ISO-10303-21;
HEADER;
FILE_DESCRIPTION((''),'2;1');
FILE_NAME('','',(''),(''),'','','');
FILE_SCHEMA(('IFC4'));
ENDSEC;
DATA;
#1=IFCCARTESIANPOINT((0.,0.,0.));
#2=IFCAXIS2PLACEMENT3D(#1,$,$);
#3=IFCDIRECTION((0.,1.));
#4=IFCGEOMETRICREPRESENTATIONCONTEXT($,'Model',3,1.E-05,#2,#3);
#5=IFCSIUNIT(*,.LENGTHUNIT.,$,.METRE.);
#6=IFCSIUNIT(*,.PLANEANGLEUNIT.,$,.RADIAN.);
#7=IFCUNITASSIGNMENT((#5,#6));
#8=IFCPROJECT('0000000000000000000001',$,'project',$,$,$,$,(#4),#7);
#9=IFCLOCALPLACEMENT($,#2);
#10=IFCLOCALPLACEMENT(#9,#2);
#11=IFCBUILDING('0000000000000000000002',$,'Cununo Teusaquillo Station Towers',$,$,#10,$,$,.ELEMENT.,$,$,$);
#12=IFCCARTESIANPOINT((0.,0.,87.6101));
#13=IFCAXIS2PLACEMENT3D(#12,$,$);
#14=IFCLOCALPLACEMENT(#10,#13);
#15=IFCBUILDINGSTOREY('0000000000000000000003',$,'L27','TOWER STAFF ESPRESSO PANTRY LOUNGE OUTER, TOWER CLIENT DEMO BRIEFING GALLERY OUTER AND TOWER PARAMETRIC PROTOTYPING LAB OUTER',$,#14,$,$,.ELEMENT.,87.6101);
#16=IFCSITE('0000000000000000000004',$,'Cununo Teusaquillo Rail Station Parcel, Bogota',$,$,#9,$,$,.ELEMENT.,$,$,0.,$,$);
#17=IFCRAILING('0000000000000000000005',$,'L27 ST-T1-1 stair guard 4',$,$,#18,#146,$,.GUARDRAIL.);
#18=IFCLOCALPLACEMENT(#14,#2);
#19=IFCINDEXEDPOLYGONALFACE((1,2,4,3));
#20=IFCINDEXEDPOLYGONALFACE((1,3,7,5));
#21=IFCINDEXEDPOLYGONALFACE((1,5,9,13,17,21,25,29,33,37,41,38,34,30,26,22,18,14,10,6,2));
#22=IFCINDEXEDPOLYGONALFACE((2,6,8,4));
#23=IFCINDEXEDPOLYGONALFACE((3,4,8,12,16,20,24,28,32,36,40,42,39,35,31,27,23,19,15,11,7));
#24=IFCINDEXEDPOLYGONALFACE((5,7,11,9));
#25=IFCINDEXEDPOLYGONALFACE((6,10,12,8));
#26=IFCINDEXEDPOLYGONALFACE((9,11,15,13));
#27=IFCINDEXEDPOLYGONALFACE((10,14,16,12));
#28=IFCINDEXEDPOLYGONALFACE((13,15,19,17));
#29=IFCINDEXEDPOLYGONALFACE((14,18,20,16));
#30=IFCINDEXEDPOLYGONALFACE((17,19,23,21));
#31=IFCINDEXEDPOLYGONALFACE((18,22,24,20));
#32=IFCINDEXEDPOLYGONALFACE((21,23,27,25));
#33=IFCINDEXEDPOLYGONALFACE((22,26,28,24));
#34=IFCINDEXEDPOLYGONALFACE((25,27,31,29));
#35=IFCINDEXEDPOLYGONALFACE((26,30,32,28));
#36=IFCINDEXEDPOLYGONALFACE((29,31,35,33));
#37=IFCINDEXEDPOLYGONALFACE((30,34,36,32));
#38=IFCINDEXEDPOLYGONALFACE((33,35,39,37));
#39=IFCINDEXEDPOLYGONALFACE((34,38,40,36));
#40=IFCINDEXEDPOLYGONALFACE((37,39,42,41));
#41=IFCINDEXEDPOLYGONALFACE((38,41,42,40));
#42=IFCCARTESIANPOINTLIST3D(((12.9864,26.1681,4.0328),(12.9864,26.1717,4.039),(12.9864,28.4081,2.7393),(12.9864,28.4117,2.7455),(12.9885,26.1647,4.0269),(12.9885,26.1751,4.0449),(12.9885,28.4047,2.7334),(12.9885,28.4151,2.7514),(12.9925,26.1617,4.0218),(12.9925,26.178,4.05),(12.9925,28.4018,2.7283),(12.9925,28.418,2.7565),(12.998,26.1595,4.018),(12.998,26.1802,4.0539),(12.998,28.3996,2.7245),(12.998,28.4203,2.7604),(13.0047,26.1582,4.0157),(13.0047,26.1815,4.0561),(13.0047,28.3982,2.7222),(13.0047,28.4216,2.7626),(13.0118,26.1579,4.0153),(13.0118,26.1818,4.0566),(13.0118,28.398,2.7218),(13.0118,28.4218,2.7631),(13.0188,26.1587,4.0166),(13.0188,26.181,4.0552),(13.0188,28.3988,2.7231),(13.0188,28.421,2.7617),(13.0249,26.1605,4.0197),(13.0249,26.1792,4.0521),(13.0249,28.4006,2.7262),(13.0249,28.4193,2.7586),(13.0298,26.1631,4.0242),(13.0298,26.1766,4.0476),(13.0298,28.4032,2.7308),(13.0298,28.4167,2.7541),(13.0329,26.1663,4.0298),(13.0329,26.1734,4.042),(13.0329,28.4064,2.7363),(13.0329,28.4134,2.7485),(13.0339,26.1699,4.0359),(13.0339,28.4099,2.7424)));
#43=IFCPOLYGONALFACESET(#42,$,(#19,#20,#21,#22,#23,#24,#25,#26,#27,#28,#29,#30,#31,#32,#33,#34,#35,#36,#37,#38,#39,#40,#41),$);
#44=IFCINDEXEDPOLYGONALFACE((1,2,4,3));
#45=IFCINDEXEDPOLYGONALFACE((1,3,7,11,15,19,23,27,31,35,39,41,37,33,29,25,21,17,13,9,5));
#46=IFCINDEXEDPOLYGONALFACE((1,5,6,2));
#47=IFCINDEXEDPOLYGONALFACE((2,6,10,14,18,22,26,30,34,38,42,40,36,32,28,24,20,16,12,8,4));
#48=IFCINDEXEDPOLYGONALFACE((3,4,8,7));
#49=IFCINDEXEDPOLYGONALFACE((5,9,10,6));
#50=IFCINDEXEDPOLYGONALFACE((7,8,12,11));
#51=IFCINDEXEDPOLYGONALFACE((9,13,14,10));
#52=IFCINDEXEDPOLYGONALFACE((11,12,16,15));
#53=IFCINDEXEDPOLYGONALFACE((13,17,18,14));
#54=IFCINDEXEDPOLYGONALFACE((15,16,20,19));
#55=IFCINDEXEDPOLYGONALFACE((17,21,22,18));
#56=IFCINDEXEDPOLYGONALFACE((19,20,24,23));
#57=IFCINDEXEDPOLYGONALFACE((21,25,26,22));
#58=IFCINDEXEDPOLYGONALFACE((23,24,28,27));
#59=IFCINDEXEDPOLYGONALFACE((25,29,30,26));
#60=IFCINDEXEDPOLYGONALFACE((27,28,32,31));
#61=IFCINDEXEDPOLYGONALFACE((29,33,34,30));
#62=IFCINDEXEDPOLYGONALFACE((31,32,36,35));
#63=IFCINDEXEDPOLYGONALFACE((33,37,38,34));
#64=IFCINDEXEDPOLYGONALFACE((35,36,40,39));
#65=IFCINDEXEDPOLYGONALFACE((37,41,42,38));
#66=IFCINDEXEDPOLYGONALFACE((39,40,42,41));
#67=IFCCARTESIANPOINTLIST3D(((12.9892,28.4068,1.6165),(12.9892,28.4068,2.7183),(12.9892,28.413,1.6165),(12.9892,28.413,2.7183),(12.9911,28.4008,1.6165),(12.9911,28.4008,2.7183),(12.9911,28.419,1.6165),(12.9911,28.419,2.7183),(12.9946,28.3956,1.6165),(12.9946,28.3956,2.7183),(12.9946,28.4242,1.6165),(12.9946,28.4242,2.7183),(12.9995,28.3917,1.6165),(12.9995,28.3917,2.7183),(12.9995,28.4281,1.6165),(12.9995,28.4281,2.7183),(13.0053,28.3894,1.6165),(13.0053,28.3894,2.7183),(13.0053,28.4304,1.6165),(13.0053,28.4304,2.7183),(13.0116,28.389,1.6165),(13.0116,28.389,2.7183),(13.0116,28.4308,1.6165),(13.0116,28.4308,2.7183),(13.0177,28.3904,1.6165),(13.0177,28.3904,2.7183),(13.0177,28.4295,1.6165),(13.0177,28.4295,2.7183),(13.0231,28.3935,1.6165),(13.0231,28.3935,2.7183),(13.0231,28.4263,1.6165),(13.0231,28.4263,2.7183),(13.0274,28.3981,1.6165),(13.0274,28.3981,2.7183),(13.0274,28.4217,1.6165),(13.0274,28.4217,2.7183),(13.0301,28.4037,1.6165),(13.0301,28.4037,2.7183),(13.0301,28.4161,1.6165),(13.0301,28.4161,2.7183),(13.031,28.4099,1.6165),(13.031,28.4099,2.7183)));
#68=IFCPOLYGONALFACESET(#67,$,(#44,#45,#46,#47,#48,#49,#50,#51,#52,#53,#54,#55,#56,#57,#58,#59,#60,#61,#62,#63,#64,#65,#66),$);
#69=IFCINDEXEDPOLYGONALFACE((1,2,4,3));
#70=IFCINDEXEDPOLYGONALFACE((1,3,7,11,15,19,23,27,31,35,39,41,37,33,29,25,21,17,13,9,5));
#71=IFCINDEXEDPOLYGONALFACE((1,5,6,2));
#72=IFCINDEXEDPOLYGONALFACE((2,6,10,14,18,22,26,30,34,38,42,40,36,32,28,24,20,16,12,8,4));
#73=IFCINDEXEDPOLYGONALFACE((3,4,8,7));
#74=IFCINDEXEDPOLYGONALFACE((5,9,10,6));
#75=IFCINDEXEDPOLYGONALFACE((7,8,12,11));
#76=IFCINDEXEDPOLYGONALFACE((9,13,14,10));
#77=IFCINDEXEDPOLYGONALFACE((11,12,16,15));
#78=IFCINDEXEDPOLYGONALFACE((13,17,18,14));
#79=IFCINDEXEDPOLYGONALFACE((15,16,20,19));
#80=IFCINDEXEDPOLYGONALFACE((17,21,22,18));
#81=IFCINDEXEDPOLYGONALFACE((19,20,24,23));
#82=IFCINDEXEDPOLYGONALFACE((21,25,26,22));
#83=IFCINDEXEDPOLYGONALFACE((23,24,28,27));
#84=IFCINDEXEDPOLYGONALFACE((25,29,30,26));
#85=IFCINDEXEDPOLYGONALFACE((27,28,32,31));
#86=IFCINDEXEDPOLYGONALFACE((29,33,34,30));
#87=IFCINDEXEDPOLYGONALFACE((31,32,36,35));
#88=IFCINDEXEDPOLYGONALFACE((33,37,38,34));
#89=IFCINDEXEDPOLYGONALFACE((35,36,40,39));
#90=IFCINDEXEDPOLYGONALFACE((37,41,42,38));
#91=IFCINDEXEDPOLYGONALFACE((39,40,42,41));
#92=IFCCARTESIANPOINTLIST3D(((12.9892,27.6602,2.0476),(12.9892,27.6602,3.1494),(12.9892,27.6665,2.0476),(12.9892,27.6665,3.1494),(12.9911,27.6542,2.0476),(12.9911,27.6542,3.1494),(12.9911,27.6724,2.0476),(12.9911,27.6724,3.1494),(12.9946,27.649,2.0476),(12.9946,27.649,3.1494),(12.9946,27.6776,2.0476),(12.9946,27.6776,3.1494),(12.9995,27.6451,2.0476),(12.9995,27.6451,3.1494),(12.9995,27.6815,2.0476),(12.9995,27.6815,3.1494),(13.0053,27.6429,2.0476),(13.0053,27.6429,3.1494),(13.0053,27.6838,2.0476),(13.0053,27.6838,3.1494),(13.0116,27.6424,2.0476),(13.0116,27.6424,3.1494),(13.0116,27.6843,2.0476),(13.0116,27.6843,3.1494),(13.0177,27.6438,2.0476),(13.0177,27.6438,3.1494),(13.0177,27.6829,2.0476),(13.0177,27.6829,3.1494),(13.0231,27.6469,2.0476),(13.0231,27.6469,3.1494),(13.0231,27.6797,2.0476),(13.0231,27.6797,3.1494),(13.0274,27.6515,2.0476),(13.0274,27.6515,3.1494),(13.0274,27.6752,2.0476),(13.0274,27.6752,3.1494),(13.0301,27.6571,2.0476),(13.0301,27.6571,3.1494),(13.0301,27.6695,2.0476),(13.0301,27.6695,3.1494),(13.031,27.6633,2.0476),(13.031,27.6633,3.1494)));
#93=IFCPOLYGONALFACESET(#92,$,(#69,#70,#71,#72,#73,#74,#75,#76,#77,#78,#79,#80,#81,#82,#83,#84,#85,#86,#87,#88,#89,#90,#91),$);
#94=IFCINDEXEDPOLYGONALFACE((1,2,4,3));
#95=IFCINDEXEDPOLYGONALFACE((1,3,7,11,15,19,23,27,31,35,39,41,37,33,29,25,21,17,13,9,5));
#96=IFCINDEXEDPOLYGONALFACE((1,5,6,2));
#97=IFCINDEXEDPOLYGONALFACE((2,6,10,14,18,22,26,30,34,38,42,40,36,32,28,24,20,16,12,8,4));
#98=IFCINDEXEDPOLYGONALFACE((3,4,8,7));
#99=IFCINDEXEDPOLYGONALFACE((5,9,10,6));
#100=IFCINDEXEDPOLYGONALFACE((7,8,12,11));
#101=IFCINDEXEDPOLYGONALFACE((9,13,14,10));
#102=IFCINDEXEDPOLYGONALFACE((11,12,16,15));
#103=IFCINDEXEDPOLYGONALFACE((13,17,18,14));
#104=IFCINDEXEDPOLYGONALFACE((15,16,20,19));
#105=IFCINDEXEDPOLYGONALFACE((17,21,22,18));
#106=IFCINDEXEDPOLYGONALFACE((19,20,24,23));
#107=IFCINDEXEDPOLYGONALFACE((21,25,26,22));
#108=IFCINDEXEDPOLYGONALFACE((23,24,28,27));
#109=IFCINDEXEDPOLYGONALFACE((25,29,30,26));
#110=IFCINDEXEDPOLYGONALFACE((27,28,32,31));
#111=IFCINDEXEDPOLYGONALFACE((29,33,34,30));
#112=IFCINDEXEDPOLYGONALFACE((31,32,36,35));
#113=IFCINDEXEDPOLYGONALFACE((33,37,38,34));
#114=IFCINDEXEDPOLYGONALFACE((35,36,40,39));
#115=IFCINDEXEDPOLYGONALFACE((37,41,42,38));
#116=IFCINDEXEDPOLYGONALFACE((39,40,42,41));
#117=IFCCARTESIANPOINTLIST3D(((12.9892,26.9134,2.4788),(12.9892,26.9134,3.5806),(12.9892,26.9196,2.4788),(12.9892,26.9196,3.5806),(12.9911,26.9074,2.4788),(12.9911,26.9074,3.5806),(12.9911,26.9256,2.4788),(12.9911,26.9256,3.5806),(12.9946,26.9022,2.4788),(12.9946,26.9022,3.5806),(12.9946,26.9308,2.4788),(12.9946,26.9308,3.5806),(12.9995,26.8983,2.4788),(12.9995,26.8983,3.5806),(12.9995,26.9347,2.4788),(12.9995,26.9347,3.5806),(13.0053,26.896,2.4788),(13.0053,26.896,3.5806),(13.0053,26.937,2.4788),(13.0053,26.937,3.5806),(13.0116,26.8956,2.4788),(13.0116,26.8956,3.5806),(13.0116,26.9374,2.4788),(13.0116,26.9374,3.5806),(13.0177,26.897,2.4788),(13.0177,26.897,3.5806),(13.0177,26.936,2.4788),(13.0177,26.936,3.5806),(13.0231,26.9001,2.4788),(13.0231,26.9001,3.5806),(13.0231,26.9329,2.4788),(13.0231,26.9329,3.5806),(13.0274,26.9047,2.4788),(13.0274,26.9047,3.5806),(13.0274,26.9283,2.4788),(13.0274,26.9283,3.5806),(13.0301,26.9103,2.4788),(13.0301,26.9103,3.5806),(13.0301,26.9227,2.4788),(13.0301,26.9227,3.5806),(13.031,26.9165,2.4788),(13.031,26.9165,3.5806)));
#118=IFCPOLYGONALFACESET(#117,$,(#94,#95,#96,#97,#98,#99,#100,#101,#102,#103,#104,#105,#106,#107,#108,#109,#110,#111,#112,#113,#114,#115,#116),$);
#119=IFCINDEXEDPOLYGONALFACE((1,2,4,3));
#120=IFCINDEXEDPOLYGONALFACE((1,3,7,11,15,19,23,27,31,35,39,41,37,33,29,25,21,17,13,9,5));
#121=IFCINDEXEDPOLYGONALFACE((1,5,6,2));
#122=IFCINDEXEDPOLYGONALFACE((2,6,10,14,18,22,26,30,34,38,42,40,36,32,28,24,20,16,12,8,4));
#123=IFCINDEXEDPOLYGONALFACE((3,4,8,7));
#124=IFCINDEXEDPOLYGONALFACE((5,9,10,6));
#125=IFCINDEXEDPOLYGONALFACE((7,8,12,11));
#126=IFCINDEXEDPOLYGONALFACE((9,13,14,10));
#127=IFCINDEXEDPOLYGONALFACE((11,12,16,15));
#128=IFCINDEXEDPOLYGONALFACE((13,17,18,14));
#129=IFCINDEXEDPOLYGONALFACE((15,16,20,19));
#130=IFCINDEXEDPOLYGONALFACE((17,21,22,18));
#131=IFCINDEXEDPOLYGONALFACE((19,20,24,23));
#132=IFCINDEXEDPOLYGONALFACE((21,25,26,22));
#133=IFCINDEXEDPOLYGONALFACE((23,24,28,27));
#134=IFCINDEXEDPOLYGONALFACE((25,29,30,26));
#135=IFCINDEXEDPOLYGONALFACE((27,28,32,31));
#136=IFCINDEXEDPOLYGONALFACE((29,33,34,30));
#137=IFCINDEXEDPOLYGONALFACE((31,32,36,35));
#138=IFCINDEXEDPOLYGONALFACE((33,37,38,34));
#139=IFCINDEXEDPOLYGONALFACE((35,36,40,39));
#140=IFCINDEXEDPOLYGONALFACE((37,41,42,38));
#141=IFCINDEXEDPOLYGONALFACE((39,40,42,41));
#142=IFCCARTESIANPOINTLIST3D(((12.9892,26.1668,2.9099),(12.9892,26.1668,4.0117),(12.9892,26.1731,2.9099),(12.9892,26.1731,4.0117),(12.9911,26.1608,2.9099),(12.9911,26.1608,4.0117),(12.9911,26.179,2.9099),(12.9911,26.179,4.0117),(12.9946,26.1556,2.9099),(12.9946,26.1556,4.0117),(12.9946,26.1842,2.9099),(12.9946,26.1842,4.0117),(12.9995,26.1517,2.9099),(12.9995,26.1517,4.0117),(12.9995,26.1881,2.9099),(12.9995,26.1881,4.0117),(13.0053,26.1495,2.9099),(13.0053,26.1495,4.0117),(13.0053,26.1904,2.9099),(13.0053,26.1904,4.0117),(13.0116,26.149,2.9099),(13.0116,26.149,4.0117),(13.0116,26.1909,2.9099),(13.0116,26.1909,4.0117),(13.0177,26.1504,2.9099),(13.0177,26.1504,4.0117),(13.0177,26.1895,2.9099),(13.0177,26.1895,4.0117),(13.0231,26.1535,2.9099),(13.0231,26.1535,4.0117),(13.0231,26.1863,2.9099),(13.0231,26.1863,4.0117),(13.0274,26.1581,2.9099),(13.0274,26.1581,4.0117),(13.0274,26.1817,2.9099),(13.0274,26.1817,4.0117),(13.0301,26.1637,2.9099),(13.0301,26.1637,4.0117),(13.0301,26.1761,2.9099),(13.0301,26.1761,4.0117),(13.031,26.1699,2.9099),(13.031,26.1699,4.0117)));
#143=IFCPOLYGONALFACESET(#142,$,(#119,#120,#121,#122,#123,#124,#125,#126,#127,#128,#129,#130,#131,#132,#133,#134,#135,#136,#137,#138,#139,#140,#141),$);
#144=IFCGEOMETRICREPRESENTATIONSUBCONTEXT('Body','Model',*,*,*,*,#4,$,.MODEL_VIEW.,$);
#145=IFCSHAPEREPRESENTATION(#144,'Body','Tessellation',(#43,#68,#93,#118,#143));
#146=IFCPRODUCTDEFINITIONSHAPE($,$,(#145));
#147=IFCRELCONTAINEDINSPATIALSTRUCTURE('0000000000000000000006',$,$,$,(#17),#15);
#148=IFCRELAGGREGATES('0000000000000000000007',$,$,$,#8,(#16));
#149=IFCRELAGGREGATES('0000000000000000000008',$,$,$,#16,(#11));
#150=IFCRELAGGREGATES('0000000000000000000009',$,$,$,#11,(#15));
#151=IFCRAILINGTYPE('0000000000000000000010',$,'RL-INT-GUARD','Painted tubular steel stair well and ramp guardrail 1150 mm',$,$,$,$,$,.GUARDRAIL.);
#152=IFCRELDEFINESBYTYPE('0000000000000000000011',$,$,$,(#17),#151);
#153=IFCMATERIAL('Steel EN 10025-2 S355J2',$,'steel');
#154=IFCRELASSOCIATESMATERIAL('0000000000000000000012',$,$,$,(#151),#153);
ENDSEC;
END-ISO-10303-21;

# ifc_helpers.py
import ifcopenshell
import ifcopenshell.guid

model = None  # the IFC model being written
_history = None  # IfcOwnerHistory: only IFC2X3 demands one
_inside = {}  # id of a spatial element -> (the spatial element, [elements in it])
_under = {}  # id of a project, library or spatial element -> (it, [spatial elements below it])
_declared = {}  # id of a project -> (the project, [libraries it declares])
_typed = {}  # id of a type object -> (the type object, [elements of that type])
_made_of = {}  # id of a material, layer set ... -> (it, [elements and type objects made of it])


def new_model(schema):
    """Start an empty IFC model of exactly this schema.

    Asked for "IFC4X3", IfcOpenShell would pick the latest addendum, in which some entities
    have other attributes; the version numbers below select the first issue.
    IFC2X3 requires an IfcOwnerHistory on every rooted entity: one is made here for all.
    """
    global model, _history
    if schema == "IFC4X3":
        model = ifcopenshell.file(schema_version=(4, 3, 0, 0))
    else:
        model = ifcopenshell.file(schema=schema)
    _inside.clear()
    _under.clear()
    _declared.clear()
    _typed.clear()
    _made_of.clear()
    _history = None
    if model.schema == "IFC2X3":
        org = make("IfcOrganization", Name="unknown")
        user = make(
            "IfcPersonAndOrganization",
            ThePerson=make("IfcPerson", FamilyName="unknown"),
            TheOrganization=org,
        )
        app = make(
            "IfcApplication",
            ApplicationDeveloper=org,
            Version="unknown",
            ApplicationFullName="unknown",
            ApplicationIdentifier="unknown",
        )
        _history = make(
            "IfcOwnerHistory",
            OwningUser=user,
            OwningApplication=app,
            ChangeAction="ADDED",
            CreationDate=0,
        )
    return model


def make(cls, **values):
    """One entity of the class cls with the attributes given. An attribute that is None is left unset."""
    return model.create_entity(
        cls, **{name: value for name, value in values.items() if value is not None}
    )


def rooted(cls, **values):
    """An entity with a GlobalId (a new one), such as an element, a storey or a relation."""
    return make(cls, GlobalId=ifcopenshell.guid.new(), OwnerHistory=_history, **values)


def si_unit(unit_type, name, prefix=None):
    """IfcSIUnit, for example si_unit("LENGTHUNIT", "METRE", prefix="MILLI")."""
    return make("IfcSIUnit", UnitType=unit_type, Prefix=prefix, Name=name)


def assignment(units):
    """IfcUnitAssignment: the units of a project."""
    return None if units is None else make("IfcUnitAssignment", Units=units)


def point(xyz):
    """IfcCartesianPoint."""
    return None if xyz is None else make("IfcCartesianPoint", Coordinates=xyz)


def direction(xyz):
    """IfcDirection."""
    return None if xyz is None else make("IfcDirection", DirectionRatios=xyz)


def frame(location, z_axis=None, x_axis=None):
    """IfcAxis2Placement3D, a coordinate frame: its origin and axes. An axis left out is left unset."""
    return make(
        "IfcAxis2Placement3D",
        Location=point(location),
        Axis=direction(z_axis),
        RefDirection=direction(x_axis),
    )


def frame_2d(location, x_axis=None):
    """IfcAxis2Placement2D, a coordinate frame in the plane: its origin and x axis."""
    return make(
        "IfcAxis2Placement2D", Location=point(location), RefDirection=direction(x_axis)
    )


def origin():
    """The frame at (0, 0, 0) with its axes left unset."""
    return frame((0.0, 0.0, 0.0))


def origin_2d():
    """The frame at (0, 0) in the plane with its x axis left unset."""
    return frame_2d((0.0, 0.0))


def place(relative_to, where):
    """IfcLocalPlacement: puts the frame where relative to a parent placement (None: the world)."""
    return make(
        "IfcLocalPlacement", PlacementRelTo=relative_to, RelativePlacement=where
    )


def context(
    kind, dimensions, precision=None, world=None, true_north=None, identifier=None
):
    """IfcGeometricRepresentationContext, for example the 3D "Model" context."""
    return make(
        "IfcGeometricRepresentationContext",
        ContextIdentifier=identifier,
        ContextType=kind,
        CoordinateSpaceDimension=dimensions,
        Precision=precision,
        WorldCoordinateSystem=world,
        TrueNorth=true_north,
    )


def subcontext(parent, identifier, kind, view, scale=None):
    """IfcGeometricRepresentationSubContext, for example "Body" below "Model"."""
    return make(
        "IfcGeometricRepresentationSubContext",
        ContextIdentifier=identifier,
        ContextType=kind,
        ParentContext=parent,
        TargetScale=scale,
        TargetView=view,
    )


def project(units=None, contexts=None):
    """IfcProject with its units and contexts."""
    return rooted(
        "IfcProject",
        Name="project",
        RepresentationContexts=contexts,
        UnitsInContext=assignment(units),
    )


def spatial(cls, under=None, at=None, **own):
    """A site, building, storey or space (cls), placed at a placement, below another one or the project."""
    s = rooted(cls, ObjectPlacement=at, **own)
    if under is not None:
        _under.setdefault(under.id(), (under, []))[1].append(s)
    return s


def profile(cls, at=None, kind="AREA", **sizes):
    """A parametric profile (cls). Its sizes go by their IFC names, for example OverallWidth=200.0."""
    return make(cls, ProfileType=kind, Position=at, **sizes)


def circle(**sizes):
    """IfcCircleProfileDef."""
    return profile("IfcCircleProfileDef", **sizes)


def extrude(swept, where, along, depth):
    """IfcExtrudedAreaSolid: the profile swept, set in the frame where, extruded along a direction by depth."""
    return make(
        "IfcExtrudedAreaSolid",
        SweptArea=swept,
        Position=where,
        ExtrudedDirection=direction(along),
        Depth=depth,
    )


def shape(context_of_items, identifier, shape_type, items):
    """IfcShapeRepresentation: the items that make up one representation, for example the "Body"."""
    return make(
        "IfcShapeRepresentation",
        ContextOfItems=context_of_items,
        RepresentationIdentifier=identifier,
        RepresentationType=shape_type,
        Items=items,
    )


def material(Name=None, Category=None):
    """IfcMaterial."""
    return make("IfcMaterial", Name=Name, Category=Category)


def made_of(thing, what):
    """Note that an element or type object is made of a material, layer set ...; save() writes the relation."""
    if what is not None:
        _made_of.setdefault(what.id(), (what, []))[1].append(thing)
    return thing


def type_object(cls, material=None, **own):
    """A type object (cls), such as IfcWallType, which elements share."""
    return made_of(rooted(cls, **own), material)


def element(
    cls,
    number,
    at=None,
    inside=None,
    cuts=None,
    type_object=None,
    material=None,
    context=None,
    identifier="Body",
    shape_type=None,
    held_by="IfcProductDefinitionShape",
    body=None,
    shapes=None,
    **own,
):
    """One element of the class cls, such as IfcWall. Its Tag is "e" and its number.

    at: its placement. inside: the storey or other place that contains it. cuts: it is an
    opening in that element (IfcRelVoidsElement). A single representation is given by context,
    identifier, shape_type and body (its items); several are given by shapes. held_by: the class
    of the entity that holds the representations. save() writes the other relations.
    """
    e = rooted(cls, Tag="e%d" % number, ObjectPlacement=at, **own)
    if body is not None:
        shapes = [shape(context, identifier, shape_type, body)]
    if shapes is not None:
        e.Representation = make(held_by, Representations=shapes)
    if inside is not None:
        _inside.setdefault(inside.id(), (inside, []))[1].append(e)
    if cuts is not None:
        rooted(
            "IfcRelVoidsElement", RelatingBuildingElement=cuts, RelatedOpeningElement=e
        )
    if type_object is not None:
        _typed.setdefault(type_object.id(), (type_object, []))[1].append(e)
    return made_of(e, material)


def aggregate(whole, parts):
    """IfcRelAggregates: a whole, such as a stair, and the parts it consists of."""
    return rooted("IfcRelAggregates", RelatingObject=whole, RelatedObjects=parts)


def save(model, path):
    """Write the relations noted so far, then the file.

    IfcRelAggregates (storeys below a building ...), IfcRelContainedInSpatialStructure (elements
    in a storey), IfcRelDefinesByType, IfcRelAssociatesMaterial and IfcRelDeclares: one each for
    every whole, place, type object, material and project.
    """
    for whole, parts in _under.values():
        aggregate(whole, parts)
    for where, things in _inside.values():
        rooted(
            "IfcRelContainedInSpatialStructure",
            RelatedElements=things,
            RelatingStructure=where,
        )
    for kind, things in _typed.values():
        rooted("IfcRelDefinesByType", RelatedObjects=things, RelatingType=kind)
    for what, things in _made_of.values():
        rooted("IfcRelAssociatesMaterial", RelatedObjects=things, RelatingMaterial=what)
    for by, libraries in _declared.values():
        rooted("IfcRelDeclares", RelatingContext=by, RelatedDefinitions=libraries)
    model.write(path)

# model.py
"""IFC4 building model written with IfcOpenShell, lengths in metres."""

from ifc_helpers import new_model, si_unit, direction, frame, origin, origin_2d, place, context, subcontext, project, spatial, circle, extrude, material, type_object, element, save


model = new_model("IFC4")

# Units and contexts
model_context = context("Model", 3, precision=1e-05, world=origin(), true_north=direction((0.0, 1.0)))
body_context = subcontext(model_context, "Body", "Model", "MODEL_VIEW")
ifc_project = project(units=[si_unit("LENGTHUNIT", "METRE"), si_unit("PLANEANGLEUNIT", "RADIAN")], contexts=[model_context])

# Site, building, storey
site_placement = place(None, origin())
site = spatial("IfcSite", under=ifc_project, at=site_placement, Name="Cununo Teusaquillo Rail Station Parcel, Bogota", CompositionType="ELEMENT", RefElevation=0.0)
building_placement = place(site_placement, origin())
building = spatial("IfcBuilding", under=site, at=building_placement, Name="Cununo Teusaquillo Station Towers", CompositionType="ELEMENT")
storey_placement = place(building_placement, frame((0.0, 0.0, 87.6101)))
storey = spatial("IfcBuildingStorey", under=building, at=storey_placement, Name="L27", Description="TOWER STAFF ESPRESSO PANTRY LOUNGE OUTER, TOWER CLIENT DEMO BRIEFING GALLERY OUTER AND TOWER PARAMETRIC PROTOTYPING LAB OUTER", CompositionType="ELEMENT", Elevation=87.6101)

# Railing
ifc_material_1 = material(Name="Steel EN 10025-2 S355J2", Category="steel")
railing_type_1 = type_object("IfcRailingType", Name="RL-INT-GUARD", Description="Painted tubular steel stair well and ramp guardrail 1150 mm", PredefinedType="GUARDRAIL", material=ifc_material_1)
railing_1_placement = place(storey_placement, frame((13.01, 28.4099, 1.6165)))
element("IfcRailing", 1, at=railing_1_placement, inside=storey, type_object=railing_type_1, Name="L27 ST-T1-1 stair guard 4", PredefinedType="GUARDRAIL", context=body_context, shape_type="SweptSolid", body=[
    extrude(circle(Radius=0.0239, at=origin_2d()), frame((0.0, 0.0, 1.126), z_axis=(0.0, -0.865992, 0.500057), x_axis=(1.0, 0.0, 0.0)), (0.0, 0.0, 1.0), 2.5867),
    extrude(circle(Radius=0.021, at=origin_2d()), origin(), (0.0, 0.0, 1.0), 1.1018),
    extrude(circle(Radius=0.021, at=origin_2d()), frame((0.0, -0.7466, 0.4312)), (0.0, 0.0, 1.0), 1.1018),
    extrude(circle(Radius=0.021, at=origin_2d()), frame((0.0, -1.4934, 0.8623)), (0.0, 0.0, 1.0), 1.1018),
    extrude(circle(Radius=0.021, at=origin_2d()), frame((0.0, -2.24, 1.2935)), (0.0, 0.0, 1.0), 1.1018),
])

save(model, "model.ifc")
